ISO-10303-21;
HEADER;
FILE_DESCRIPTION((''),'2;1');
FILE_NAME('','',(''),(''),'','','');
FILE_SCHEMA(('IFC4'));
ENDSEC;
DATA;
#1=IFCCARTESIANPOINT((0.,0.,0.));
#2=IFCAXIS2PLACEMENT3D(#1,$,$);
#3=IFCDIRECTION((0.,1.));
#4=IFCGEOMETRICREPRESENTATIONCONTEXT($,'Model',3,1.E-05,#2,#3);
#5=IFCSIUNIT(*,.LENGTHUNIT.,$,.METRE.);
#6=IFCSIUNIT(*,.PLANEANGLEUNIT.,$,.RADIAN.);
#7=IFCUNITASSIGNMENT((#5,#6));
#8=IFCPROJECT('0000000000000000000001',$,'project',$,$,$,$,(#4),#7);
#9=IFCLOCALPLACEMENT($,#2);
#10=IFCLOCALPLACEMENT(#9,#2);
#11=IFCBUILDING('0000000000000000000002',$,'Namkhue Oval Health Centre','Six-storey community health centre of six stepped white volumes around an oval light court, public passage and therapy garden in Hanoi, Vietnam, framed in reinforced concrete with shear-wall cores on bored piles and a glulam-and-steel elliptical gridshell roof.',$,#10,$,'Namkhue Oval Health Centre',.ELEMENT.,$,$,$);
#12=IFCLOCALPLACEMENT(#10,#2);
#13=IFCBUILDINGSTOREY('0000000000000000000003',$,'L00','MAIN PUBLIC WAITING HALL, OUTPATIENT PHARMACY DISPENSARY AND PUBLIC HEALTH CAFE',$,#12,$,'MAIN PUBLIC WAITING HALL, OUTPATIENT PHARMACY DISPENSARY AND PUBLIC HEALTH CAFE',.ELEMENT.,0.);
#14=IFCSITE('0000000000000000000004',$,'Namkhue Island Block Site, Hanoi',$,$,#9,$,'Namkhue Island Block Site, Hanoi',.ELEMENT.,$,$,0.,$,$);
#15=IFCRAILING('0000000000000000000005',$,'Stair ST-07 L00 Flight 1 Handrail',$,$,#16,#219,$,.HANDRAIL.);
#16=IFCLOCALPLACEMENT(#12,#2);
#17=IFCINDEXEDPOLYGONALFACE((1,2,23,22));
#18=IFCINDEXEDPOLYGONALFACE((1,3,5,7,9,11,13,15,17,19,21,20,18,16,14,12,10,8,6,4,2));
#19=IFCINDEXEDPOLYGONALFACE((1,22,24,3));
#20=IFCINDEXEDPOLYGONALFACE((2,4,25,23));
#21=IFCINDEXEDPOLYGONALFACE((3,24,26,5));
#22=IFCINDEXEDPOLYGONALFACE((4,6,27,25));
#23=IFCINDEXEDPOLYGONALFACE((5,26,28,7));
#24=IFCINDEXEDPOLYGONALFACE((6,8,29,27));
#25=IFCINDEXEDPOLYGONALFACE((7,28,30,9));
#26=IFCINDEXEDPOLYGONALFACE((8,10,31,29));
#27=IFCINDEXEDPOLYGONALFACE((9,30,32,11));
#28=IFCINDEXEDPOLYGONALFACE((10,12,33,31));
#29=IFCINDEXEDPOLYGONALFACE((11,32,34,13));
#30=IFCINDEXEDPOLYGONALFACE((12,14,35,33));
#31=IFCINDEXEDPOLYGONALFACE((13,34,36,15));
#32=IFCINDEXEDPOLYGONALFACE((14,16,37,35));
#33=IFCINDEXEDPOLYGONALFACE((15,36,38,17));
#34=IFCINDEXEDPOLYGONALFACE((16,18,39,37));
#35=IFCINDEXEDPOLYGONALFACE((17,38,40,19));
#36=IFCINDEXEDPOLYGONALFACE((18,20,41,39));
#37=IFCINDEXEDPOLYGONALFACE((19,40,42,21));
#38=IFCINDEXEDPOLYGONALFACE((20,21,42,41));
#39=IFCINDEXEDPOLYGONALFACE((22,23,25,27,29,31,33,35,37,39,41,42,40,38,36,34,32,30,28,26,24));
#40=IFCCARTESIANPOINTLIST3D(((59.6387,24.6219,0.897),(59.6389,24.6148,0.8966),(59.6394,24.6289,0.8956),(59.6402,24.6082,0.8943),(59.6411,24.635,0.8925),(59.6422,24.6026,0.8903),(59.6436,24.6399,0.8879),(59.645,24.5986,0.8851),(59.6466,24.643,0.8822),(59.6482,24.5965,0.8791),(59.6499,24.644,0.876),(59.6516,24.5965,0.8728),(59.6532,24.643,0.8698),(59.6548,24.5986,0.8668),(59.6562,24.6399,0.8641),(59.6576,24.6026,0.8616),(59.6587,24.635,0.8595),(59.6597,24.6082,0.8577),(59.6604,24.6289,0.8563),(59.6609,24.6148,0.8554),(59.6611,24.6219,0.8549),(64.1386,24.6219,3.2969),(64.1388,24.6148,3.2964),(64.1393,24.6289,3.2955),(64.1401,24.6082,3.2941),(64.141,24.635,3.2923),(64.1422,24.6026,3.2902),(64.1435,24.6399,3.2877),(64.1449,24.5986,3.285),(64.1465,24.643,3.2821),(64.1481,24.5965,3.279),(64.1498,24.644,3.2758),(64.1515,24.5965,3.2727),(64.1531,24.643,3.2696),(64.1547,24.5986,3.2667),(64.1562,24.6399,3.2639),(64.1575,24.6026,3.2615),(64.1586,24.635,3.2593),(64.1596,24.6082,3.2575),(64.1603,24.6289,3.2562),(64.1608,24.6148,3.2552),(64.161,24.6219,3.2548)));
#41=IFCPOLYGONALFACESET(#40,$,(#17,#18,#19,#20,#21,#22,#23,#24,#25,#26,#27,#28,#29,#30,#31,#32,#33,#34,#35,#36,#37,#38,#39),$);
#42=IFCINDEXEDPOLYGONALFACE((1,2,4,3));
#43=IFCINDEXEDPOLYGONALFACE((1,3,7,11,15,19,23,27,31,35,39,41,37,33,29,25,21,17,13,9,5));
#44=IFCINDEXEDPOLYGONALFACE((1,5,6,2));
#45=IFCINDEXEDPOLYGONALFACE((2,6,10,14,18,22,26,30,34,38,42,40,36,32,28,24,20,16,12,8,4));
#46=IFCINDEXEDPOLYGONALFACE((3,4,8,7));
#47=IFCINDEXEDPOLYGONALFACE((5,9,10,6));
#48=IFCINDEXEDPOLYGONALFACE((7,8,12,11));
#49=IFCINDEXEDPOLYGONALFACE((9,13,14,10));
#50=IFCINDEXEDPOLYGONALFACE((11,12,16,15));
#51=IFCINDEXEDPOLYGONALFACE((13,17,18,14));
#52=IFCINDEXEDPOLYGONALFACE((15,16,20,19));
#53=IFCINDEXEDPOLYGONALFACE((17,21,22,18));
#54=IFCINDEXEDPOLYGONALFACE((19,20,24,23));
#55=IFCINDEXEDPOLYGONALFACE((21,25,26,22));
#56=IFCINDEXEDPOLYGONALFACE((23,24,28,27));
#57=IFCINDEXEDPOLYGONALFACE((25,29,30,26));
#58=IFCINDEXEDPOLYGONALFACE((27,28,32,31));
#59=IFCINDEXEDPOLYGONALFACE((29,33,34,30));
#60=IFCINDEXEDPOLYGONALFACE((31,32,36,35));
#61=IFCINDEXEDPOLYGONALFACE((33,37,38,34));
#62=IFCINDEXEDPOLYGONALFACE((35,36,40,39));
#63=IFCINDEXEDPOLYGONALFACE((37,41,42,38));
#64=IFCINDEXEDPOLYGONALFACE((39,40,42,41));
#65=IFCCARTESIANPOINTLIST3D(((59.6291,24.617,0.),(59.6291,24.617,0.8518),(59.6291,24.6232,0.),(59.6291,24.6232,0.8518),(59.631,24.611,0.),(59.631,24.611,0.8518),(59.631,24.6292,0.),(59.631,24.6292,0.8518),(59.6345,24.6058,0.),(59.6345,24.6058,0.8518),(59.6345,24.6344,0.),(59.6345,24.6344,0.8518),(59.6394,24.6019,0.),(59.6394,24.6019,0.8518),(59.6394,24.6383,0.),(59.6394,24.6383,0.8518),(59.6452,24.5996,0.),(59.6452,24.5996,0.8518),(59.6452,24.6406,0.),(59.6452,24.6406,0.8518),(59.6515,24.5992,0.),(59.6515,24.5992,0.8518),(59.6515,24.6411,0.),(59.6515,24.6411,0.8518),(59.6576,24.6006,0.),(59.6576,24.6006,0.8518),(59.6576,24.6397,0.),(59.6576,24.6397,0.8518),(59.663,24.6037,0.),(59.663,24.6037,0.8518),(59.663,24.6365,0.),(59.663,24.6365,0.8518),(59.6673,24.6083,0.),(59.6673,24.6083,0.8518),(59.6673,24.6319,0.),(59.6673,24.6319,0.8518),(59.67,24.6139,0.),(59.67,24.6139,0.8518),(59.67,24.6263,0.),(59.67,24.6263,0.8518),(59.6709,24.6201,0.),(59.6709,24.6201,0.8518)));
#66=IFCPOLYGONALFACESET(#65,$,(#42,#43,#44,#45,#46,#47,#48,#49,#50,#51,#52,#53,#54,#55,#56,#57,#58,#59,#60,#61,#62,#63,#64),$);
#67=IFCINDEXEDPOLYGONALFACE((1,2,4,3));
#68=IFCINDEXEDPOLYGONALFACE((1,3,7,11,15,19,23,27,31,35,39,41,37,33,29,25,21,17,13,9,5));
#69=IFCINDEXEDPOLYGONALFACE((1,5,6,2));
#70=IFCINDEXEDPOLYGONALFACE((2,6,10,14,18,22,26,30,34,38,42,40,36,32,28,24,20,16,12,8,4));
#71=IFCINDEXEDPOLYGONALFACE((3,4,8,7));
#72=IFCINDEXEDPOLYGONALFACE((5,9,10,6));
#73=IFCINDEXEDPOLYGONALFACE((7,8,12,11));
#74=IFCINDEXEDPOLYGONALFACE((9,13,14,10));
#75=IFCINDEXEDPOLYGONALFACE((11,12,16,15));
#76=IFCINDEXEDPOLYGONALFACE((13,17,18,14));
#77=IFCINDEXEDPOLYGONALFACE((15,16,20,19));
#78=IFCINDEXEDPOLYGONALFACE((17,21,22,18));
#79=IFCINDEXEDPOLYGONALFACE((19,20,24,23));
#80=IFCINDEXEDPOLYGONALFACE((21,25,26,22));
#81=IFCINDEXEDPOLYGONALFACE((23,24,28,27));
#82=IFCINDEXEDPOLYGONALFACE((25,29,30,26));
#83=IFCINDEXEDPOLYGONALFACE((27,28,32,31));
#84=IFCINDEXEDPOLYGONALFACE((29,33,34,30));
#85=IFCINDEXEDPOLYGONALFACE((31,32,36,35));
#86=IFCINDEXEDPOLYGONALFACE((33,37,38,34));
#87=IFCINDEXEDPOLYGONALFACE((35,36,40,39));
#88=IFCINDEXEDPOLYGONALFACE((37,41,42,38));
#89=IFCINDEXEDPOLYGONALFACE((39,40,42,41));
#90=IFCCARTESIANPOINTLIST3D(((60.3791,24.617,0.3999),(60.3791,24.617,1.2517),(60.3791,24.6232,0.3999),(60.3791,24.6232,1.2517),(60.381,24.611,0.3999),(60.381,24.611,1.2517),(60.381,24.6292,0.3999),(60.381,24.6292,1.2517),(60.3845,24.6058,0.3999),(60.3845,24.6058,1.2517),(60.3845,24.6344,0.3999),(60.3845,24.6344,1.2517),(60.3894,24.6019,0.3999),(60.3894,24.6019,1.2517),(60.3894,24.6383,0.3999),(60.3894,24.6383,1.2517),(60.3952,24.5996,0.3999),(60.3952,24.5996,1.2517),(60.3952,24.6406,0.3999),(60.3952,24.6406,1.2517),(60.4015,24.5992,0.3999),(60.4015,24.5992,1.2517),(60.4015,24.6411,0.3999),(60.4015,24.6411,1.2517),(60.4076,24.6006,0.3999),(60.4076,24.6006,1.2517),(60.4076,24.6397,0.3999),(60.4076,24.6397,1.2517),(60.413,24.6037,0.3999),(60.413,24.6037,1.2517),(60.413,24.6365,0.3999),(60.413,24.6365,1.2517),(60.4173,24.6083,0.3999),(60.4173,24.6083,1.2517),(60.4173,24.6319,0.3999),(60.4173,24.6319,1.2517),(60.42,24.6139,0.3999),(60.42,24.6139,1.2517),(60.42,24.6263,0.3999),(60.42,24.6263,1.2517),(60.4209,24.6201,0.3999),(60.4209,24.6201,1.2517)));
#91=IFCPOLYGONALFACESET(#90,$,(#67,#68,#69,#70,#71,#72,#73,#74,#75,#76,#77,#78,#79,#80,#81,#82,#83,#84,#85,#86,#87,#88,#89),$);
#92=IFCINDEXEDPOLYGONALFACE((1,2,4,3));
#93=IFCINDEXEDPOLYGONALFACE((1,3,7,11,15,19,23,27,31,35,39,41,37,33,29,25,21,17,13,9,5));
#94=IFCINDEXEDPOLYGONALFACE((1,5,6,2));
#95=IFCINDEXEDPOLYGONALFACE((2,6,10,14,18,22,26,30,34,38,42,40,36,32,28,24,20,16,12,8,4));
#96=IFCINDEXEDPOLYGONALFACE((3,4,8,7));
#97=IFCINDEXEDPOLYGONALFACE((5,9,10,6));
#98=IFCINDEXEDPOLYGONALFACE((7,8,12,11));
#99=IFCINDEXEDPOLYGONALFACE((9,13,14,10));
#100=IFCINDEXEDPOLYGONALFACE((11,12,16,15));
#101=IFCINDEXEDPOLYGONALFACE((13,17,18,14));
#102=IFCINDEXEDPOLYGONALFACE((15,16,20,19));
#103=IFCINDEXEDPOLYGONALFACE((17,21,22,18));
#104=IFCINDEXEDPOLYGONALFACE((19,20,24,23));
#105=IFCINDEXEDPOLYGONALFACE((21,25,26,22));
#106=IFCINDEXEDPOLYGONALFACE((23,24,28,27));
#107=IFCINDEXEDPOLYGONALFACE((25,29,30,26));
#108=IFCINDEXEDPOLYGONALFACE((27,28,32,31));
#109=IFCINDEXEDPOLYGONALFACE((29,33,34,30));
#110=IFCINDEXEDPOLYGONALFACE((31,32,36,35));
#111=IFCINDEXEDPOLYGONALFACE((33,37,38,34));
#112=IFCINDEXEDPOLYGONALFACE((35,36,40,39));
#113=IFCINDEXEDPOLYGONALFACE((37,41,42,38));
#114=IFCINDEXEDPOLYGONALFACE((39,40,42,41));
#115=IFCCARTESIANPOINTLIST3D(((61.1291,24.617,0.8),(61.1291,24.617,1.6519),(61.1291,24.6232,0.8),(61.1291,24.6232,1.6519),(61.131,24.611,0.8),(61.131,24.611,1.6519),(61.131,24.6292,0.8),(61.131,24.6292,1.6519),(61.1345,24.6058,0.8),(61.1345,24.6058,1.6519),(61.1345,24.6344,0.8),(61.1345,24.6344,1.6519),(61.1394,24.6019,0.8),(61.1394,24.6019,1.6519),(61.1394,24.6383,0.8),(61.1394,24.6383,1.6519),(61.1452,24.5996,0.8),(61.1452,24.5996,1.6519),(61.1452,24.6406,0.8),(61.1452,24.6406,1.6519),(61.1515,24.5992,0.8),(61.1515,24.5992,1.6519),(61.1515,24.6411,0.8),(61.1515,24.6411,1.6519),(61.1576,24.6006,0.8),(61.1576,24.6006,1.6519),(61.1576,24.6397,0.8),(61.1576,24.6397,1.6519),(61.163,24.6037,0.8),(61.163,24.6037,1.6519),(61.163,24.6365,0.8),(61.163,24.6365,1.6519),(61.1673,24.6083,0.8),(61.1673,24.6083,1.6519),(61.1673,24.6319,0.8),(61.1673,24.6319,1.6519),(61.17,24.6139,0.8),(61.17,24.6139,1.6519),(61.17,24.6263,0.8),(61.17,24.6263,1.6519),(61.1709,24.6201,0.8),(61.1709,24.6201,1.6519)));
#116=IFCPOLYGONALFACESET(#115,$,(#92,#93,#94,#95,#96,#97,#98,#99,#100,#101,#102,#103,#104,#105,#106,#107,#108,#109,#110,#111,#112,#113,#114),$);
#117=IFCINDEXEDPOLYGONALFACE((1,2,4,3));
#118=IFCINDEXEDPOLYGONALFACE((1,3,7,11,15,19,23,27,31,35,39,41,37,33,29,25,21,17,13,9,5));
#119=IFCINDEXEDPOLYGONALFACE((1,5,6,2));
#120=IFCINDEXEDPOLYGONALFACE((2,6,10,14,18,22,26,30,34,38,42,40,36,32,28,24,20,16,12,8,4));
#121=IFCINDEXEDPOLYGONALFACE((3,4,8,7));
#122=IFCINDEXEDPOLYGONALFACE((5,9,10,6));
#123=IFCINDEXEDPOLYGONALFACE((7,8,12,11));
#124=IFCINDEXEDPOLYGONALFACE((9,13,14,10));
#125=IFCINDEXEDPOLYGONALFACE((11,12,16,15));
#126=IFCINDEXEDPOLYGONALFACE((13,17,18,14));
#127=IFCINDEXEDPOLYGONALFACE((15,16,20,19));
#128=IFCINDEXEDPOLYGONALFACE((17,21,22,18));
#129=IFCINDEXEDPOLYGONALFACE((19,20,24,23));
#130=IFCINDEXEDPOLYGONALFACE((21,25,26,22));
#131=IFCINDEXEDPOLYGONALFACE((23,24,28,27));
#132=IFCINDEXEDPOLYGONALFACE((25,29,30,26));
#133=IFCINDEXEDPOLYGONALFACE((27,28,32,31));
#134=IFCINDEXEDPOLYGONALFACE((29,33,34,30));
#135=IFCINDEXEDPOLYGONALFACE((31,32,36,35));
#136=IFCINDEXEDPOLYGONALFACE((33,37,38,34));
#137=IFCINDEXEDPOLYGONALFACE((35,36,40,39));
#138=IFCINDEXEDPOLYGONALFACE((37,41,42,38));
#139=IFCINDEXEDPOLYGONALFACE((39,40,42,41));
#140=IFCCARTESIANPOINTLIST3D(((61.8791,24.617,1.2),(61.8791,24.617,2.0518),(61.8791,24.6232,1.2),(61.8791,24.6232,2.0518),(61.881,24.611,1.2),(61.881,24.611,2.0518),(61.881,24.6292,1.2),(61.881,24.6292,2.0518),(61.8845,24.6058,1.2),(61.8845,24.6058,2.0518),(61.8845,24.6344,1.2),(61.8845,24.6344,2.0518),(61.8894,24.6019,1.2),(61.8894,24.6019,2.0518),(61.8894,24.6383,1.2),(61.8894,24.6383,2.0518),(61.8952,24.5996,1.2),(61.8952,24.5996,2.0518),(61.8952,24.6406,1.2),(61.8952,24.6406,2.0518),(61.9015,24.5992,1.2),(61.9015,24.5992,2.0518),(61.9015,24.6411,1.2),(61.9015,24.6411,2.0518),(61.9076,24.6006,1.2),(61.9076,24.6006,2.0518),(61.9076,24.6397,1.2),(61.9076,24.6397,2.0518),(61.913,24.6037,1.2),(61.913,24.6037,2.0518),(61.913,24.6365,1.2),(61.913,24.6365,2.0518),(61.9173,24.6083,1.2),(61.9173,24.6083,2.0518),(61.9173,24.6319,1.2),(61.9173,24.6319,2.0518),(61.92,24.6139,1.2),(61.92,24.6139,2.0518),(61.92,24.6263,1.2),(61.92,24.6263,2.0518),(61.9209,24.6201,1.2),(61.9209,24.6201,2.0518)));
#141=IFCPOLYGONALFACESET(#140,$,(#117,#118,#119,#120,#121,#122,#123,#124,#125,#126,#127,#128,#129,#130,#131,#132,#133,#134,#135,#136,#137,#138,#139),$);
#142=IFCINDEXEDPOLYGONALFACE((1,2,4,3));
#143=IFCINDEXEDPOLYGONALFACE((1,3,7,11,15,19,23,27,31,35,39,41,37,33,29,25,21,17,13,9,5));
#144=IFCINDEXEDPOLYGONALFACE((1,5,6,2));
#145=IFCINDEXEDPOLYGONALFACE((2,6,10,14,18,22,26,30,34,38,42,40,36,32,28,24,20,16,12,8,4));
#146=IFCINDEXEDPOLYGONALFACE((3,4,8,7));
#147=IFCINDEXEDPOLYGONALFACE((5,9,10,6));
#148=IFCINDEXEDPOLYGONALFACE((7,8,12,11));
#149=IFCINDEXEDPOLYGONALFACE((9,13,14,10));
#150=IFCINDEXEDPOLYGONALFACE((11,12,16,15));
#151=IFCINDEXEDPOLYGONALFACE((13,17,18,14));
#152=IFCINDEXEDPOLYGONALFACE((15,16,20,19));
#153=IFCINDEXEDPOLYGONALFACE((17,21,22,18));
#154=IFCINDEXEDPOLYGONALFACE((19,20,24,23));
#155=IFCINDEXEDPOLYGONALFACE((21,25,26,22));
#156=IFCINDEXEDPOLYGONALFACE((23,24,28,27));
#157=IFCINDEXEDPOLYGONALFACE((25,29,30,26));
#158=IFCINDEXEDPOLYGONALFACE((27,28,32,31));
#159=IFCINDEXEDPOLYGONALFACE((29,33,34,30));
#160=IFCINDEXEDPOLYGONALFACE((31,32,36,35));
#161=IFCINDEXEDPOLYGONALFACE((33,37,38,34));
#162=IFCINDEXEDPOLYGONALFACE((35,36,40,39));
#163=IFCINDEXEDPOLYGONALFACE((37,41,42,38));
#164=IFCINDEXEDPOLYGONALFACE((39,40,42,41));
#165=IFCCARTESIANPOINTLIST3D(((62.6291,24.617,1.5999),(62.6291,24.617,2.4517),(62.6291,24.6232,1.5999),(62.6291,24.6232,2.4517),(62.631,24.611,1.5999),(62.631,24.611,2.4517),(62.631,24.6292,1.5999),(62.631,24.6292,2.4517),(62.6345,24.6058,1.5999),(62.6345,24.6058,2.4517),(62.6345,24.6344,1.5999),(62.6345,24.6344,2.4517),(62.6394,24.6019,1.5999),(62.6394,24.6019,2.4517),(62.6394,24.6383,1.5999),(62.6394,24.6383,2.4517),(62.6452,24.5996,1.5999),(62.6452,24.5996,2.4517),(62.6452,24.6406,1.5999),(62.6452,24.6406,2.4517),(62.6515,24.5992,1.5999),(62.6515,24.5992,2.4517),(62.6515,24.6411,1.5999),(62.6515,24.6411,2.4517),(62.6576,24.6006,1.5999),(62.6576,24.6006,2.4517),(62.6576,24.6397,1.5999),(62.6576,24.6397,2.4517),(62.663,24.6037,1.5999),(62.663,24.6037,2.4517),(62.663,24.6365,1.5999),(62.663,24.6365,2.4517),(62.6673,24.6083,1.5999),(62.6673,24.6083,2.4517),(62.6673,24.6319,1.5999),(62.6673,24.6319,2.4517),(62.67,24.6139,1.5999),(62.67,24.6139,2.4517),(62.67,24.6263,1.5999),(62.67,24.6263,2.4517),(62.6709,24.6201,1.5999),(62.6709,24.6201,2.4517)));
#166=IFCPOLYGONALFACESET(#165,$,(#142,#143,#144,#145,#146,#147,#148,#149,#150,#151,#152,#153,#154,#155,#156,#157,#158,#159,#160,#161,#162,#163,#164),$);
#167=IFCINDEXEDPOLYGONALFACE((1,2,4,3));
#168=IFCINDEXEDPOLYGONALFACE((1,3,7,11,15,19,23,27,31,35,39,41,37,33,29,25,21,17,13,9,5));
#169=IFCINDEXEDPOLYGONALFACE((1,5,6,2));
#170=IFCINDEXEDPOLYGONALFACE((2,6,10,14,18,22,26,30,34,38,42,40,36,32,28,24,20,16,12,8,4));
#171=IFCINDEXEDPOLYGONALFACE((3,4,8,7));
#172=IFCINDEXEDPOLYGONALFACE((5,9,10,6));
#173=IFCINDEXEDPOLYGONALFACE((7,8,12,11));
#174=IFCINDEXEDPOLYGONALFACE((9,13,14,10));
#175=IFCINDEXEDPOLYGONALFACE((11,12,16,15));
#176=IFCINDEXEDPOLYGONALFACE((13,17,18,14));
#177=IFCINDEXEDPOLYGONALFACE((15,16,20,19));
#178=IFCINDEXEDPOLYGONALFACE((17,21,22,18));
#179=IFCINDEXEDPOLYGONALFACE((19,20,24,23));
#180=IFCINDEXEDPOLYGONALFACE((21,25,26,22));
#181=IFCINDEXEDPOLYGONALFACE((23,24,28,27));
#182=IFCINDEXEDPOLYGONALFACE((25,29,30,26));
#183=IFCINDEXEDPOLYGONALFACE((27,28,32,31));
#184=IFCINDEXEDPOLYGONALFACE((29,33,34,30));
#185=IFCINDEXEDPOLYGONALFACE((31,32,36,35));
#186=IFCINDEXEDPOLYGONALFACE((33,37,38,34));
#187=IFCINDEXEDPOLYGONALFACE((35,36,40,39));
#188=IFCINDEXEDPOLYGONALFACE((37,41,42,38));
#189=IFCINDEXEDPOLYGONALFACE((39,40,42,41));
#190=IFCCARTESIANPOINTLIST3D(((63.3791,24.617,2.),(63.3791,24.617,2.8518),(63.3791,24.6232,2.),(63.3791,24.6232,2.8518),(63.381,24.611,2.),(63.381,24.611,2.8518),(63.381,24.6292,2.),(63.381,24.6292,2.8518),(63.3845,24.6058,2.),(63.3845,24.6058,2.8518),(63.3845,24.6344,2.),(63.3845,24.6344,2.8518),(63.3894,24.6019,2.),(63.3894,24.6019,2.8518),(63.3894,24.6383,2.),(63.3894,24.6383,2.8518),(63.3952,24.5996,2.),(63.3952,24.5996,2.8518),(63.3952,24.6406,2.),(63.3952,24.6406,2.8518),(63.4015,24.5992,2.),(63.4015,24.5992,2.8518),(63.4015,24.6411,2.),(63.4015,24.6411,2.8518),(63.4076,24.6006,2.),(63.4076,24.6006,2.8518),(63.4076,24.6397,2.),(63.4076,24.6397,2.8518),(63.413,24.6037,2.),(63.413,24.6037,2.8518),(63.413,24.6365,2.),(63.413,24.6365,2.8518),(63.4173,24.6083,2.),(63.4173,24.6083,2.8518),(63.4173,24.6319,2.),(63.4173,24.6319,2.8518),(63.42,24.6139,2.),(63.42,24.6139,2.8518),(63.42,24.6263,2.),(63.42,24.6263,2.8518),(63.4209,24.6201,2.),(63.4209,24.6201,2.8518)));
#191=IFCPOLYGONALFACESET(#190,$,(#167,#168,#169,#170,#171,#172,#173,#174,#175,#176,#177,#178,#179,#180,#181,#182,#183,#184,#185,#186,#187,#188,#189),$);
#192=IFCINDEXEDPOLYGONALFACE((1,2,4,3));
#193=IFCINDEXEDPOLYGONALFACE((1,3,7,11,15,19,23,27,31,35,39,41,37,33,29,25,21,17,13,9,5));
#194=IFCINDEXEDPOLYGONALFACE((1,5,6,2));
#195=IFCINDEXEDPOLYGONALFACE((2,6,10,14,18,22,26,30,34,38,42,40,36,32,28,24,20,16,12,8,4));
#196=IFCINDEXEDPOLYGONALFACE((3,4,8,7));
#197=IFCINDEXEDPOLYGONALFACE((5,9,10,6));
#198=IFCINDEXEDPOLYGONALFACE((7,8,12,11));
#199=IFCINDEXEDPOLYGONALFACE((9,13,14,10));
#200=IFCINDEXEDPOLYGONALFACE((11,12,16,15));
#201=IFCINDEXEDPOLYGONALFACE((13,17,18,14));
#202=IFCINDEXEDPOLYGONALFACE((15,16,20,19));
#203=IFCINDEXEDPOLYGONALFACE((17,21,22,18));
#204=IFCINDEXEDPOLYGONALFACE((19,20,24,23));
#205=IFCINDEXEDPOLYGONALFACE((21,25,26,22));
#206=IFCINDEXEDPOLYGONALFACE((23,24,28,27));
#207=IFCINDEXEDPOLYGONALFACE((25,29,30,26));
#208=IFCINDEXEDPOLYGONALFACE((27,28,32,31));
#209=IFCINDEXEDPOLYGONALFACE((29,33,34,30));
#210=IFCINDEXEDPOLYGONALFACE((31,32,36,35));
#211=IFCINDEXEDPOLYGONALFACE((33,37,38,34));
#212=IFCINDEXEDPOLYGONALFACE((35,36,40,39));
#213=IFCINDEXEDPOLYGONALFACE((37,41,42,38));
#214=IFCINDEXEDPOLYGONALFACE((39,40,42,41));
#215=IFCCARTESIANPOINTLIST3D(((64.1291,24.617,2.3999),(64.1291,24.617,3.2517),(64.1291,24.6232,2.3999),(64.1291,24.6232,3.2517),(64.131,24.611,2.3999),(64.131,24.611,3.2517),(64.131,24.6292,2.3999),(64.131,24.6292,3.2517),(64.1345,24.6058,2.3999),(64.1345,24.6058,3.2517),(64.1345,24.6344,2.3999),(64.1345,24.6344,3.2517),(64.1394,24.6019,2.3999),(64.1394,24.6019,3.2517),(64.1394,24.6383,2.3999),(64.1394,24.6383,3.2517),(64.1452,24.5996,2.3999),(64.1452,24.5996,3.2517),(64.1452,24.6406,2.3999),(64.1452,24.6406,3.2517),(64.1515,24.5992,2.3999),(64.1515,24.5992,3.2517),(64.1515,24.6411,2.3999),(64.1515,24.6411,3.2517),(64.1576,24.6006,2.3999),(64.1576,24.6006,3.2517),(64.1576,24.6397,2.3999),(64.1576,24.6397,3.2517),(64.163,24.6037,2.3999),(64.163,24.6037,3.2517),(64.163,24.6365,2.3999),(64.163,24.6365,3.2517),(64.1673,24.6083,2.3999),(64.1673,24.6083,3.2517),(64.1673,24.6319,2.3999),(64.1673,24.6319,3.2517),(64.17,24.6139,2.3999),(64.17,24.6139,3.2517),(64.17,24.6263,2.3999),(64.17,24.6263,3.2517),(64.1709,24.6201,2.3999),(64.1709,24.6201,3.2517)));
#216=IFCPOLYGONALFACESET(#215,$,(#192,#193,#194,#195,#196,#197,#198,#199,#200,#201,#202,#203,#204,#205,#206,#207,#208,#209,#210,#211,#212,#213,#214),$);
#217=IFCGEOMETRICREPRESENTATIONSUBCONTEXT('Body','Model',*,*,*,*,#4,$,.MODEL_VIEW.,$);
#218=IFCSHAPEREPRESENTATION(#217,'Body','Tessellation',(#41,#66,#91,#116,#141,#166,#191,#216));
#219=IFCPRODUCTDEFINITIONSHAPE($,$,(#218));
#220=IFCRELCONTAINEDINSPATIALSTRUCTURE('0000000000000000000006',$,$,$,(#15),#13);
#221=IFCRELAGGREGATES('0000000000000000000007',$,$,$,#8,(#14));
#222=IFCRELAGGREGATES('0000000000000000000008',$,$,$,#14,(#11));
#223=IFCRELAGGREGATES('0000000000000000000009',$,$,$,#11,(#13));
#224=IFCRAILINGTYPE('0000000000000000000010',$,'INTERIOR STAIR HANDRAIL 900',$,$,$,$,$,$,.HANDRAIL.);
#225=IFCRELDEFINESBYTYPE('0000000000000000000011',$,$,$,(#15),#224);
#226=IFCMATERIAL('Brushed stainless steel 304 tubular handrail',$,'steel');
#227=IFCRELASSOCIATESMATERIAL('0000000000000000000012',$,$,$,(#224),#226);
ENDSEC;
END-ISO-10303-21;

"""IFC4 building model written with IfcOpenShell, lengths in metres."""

from ifc_helpers import new_model, si_unit, direction, frame, origin, origin_2d, place, context, subcontext, project, spatial, circle, extrude, material, type_object, element, save


model = new_model("IFC4")

# Units and contexts
model_context = context("Model", 3, precision=1e-05, world=origin(), true_north=direction((0.0, 1.0)))
body_context = subcontext(model_context, "Body", "Model", "MODEL_VIEW")
ifc_project = project(units=[si_unit("LENGTHUNIT", "METRE"), si_unit("PLANEANGLEUNIT", "RADIAN")], contexts=[model_context])

# Site, building, storey
site_placement = place(None, origin())
site = spatial("IfcSite", under=ifc_project, at=site_placement, Name="Namkhue Island Block Site, Hanoi", LongName="Namkhue Island Block Site, Hanoi", CompositionType="ELEMENT", RefElevation=0.0)
building_placement = place(site_placement, origin())
building = spatial("IfcBuilding", under=site, at=building_placement, Name="Namkhue Oval Health Centre", Description="Six-storey community health centre of six stepped white volumes around an oval light court, public passage and therapy garden in Hanoi, Vietnam, framed in reinforced concrete with shear-wall cores on bored piles and a glulam-and-steel elliptical gridshell roof.", LongName="Namkhue Oval Health Centre", CompositionType="ELEMENT")
storey_placement = place(building_placement, origin())
storey = spatial("IfcBuildingStorey", under=building, at=storey_placement, Name="L00", Description="MAIN PUBLIC WAITING HALL, OUTPATIENT PHARMACY DISPENSARY AND PUBLIC HEALTH CAFE", LongName="MAIN PUBLIC WAITING HALL, OUTPATIENT PHARMACY DISPENSARY AND PUBLIC HEALTH CAFE", CompositionType="ELEMENT", Elevation=0.0)

# Railing
ifc_material_1 = material(Name="Brushed stainless steel 304 tubular handrail", Category="steel")
railing_type = type_object("IfcRailingType", Name="INTERIOR STAIR HANDRAIL 900", PredefinedType="HANDRAIL", material=ifc_material_1)
railing_placement = place(storey_placement, frame((59.6499, 24.6201, 0.0)))
element("IfcRailing", 1, at=railing_placement, inside=storey, type_object=railing_type, Name="Stair ST-07 L00 Flight 1 Handrail", PredefinedType="HANDRAIL", context=body_context, shape_type="SweptSolid", body=[
    extrude(circle(Radius=0.0239, at=origin_2d()), frame((0.0, 0.0, 0.876), z_axis=(0.882361, 0.0, 0.470573), x_axis=(0.0, 1.0, 0.0)), (0.0, 0.0, 1.0), 5.0999),
    extrude(circle(Radius=0.021, at=origin_2d()), origin(), (0.0, 0.0, 1.0), 0.8518),
    extrude(circle(Radius=0.021, at=origin_2d()), frame((0.75, 0.0, 0.3999)), (0.0, 0.0, 1.0), 0.8518),
    extrude(circle(Radius=0.021, at=origin_2d()), frame((1.5, 0.0, 0.8)), (0.0, 0.0, 1.0), 0.8518),
    extrude(circle(Radius=0.021, at=origin_2d()), frame((2.25, 0.0, 1.2)), (0.0, 0.0, 1.0), 0.8518),
    extrude(circle(Radius=0.021, at=origin_2d()), frame((3.0, 0.0, 1.5999)), (0.0, 0.0, 1.0), 0.8518),
    extrude(circle(Radius=0.021, at=origin_2d()), frame((3.75, 0.0, 2.0)), (0.0, 0.0, 1.0), 0.8518),
    extrude(circle(Radius=0.021, at=origin_2d()), frame((4.5, 0.0, 2.3999)), (0.0, 0.0, 1.0), 0.8518),
])

save(model, "model.ifc")
